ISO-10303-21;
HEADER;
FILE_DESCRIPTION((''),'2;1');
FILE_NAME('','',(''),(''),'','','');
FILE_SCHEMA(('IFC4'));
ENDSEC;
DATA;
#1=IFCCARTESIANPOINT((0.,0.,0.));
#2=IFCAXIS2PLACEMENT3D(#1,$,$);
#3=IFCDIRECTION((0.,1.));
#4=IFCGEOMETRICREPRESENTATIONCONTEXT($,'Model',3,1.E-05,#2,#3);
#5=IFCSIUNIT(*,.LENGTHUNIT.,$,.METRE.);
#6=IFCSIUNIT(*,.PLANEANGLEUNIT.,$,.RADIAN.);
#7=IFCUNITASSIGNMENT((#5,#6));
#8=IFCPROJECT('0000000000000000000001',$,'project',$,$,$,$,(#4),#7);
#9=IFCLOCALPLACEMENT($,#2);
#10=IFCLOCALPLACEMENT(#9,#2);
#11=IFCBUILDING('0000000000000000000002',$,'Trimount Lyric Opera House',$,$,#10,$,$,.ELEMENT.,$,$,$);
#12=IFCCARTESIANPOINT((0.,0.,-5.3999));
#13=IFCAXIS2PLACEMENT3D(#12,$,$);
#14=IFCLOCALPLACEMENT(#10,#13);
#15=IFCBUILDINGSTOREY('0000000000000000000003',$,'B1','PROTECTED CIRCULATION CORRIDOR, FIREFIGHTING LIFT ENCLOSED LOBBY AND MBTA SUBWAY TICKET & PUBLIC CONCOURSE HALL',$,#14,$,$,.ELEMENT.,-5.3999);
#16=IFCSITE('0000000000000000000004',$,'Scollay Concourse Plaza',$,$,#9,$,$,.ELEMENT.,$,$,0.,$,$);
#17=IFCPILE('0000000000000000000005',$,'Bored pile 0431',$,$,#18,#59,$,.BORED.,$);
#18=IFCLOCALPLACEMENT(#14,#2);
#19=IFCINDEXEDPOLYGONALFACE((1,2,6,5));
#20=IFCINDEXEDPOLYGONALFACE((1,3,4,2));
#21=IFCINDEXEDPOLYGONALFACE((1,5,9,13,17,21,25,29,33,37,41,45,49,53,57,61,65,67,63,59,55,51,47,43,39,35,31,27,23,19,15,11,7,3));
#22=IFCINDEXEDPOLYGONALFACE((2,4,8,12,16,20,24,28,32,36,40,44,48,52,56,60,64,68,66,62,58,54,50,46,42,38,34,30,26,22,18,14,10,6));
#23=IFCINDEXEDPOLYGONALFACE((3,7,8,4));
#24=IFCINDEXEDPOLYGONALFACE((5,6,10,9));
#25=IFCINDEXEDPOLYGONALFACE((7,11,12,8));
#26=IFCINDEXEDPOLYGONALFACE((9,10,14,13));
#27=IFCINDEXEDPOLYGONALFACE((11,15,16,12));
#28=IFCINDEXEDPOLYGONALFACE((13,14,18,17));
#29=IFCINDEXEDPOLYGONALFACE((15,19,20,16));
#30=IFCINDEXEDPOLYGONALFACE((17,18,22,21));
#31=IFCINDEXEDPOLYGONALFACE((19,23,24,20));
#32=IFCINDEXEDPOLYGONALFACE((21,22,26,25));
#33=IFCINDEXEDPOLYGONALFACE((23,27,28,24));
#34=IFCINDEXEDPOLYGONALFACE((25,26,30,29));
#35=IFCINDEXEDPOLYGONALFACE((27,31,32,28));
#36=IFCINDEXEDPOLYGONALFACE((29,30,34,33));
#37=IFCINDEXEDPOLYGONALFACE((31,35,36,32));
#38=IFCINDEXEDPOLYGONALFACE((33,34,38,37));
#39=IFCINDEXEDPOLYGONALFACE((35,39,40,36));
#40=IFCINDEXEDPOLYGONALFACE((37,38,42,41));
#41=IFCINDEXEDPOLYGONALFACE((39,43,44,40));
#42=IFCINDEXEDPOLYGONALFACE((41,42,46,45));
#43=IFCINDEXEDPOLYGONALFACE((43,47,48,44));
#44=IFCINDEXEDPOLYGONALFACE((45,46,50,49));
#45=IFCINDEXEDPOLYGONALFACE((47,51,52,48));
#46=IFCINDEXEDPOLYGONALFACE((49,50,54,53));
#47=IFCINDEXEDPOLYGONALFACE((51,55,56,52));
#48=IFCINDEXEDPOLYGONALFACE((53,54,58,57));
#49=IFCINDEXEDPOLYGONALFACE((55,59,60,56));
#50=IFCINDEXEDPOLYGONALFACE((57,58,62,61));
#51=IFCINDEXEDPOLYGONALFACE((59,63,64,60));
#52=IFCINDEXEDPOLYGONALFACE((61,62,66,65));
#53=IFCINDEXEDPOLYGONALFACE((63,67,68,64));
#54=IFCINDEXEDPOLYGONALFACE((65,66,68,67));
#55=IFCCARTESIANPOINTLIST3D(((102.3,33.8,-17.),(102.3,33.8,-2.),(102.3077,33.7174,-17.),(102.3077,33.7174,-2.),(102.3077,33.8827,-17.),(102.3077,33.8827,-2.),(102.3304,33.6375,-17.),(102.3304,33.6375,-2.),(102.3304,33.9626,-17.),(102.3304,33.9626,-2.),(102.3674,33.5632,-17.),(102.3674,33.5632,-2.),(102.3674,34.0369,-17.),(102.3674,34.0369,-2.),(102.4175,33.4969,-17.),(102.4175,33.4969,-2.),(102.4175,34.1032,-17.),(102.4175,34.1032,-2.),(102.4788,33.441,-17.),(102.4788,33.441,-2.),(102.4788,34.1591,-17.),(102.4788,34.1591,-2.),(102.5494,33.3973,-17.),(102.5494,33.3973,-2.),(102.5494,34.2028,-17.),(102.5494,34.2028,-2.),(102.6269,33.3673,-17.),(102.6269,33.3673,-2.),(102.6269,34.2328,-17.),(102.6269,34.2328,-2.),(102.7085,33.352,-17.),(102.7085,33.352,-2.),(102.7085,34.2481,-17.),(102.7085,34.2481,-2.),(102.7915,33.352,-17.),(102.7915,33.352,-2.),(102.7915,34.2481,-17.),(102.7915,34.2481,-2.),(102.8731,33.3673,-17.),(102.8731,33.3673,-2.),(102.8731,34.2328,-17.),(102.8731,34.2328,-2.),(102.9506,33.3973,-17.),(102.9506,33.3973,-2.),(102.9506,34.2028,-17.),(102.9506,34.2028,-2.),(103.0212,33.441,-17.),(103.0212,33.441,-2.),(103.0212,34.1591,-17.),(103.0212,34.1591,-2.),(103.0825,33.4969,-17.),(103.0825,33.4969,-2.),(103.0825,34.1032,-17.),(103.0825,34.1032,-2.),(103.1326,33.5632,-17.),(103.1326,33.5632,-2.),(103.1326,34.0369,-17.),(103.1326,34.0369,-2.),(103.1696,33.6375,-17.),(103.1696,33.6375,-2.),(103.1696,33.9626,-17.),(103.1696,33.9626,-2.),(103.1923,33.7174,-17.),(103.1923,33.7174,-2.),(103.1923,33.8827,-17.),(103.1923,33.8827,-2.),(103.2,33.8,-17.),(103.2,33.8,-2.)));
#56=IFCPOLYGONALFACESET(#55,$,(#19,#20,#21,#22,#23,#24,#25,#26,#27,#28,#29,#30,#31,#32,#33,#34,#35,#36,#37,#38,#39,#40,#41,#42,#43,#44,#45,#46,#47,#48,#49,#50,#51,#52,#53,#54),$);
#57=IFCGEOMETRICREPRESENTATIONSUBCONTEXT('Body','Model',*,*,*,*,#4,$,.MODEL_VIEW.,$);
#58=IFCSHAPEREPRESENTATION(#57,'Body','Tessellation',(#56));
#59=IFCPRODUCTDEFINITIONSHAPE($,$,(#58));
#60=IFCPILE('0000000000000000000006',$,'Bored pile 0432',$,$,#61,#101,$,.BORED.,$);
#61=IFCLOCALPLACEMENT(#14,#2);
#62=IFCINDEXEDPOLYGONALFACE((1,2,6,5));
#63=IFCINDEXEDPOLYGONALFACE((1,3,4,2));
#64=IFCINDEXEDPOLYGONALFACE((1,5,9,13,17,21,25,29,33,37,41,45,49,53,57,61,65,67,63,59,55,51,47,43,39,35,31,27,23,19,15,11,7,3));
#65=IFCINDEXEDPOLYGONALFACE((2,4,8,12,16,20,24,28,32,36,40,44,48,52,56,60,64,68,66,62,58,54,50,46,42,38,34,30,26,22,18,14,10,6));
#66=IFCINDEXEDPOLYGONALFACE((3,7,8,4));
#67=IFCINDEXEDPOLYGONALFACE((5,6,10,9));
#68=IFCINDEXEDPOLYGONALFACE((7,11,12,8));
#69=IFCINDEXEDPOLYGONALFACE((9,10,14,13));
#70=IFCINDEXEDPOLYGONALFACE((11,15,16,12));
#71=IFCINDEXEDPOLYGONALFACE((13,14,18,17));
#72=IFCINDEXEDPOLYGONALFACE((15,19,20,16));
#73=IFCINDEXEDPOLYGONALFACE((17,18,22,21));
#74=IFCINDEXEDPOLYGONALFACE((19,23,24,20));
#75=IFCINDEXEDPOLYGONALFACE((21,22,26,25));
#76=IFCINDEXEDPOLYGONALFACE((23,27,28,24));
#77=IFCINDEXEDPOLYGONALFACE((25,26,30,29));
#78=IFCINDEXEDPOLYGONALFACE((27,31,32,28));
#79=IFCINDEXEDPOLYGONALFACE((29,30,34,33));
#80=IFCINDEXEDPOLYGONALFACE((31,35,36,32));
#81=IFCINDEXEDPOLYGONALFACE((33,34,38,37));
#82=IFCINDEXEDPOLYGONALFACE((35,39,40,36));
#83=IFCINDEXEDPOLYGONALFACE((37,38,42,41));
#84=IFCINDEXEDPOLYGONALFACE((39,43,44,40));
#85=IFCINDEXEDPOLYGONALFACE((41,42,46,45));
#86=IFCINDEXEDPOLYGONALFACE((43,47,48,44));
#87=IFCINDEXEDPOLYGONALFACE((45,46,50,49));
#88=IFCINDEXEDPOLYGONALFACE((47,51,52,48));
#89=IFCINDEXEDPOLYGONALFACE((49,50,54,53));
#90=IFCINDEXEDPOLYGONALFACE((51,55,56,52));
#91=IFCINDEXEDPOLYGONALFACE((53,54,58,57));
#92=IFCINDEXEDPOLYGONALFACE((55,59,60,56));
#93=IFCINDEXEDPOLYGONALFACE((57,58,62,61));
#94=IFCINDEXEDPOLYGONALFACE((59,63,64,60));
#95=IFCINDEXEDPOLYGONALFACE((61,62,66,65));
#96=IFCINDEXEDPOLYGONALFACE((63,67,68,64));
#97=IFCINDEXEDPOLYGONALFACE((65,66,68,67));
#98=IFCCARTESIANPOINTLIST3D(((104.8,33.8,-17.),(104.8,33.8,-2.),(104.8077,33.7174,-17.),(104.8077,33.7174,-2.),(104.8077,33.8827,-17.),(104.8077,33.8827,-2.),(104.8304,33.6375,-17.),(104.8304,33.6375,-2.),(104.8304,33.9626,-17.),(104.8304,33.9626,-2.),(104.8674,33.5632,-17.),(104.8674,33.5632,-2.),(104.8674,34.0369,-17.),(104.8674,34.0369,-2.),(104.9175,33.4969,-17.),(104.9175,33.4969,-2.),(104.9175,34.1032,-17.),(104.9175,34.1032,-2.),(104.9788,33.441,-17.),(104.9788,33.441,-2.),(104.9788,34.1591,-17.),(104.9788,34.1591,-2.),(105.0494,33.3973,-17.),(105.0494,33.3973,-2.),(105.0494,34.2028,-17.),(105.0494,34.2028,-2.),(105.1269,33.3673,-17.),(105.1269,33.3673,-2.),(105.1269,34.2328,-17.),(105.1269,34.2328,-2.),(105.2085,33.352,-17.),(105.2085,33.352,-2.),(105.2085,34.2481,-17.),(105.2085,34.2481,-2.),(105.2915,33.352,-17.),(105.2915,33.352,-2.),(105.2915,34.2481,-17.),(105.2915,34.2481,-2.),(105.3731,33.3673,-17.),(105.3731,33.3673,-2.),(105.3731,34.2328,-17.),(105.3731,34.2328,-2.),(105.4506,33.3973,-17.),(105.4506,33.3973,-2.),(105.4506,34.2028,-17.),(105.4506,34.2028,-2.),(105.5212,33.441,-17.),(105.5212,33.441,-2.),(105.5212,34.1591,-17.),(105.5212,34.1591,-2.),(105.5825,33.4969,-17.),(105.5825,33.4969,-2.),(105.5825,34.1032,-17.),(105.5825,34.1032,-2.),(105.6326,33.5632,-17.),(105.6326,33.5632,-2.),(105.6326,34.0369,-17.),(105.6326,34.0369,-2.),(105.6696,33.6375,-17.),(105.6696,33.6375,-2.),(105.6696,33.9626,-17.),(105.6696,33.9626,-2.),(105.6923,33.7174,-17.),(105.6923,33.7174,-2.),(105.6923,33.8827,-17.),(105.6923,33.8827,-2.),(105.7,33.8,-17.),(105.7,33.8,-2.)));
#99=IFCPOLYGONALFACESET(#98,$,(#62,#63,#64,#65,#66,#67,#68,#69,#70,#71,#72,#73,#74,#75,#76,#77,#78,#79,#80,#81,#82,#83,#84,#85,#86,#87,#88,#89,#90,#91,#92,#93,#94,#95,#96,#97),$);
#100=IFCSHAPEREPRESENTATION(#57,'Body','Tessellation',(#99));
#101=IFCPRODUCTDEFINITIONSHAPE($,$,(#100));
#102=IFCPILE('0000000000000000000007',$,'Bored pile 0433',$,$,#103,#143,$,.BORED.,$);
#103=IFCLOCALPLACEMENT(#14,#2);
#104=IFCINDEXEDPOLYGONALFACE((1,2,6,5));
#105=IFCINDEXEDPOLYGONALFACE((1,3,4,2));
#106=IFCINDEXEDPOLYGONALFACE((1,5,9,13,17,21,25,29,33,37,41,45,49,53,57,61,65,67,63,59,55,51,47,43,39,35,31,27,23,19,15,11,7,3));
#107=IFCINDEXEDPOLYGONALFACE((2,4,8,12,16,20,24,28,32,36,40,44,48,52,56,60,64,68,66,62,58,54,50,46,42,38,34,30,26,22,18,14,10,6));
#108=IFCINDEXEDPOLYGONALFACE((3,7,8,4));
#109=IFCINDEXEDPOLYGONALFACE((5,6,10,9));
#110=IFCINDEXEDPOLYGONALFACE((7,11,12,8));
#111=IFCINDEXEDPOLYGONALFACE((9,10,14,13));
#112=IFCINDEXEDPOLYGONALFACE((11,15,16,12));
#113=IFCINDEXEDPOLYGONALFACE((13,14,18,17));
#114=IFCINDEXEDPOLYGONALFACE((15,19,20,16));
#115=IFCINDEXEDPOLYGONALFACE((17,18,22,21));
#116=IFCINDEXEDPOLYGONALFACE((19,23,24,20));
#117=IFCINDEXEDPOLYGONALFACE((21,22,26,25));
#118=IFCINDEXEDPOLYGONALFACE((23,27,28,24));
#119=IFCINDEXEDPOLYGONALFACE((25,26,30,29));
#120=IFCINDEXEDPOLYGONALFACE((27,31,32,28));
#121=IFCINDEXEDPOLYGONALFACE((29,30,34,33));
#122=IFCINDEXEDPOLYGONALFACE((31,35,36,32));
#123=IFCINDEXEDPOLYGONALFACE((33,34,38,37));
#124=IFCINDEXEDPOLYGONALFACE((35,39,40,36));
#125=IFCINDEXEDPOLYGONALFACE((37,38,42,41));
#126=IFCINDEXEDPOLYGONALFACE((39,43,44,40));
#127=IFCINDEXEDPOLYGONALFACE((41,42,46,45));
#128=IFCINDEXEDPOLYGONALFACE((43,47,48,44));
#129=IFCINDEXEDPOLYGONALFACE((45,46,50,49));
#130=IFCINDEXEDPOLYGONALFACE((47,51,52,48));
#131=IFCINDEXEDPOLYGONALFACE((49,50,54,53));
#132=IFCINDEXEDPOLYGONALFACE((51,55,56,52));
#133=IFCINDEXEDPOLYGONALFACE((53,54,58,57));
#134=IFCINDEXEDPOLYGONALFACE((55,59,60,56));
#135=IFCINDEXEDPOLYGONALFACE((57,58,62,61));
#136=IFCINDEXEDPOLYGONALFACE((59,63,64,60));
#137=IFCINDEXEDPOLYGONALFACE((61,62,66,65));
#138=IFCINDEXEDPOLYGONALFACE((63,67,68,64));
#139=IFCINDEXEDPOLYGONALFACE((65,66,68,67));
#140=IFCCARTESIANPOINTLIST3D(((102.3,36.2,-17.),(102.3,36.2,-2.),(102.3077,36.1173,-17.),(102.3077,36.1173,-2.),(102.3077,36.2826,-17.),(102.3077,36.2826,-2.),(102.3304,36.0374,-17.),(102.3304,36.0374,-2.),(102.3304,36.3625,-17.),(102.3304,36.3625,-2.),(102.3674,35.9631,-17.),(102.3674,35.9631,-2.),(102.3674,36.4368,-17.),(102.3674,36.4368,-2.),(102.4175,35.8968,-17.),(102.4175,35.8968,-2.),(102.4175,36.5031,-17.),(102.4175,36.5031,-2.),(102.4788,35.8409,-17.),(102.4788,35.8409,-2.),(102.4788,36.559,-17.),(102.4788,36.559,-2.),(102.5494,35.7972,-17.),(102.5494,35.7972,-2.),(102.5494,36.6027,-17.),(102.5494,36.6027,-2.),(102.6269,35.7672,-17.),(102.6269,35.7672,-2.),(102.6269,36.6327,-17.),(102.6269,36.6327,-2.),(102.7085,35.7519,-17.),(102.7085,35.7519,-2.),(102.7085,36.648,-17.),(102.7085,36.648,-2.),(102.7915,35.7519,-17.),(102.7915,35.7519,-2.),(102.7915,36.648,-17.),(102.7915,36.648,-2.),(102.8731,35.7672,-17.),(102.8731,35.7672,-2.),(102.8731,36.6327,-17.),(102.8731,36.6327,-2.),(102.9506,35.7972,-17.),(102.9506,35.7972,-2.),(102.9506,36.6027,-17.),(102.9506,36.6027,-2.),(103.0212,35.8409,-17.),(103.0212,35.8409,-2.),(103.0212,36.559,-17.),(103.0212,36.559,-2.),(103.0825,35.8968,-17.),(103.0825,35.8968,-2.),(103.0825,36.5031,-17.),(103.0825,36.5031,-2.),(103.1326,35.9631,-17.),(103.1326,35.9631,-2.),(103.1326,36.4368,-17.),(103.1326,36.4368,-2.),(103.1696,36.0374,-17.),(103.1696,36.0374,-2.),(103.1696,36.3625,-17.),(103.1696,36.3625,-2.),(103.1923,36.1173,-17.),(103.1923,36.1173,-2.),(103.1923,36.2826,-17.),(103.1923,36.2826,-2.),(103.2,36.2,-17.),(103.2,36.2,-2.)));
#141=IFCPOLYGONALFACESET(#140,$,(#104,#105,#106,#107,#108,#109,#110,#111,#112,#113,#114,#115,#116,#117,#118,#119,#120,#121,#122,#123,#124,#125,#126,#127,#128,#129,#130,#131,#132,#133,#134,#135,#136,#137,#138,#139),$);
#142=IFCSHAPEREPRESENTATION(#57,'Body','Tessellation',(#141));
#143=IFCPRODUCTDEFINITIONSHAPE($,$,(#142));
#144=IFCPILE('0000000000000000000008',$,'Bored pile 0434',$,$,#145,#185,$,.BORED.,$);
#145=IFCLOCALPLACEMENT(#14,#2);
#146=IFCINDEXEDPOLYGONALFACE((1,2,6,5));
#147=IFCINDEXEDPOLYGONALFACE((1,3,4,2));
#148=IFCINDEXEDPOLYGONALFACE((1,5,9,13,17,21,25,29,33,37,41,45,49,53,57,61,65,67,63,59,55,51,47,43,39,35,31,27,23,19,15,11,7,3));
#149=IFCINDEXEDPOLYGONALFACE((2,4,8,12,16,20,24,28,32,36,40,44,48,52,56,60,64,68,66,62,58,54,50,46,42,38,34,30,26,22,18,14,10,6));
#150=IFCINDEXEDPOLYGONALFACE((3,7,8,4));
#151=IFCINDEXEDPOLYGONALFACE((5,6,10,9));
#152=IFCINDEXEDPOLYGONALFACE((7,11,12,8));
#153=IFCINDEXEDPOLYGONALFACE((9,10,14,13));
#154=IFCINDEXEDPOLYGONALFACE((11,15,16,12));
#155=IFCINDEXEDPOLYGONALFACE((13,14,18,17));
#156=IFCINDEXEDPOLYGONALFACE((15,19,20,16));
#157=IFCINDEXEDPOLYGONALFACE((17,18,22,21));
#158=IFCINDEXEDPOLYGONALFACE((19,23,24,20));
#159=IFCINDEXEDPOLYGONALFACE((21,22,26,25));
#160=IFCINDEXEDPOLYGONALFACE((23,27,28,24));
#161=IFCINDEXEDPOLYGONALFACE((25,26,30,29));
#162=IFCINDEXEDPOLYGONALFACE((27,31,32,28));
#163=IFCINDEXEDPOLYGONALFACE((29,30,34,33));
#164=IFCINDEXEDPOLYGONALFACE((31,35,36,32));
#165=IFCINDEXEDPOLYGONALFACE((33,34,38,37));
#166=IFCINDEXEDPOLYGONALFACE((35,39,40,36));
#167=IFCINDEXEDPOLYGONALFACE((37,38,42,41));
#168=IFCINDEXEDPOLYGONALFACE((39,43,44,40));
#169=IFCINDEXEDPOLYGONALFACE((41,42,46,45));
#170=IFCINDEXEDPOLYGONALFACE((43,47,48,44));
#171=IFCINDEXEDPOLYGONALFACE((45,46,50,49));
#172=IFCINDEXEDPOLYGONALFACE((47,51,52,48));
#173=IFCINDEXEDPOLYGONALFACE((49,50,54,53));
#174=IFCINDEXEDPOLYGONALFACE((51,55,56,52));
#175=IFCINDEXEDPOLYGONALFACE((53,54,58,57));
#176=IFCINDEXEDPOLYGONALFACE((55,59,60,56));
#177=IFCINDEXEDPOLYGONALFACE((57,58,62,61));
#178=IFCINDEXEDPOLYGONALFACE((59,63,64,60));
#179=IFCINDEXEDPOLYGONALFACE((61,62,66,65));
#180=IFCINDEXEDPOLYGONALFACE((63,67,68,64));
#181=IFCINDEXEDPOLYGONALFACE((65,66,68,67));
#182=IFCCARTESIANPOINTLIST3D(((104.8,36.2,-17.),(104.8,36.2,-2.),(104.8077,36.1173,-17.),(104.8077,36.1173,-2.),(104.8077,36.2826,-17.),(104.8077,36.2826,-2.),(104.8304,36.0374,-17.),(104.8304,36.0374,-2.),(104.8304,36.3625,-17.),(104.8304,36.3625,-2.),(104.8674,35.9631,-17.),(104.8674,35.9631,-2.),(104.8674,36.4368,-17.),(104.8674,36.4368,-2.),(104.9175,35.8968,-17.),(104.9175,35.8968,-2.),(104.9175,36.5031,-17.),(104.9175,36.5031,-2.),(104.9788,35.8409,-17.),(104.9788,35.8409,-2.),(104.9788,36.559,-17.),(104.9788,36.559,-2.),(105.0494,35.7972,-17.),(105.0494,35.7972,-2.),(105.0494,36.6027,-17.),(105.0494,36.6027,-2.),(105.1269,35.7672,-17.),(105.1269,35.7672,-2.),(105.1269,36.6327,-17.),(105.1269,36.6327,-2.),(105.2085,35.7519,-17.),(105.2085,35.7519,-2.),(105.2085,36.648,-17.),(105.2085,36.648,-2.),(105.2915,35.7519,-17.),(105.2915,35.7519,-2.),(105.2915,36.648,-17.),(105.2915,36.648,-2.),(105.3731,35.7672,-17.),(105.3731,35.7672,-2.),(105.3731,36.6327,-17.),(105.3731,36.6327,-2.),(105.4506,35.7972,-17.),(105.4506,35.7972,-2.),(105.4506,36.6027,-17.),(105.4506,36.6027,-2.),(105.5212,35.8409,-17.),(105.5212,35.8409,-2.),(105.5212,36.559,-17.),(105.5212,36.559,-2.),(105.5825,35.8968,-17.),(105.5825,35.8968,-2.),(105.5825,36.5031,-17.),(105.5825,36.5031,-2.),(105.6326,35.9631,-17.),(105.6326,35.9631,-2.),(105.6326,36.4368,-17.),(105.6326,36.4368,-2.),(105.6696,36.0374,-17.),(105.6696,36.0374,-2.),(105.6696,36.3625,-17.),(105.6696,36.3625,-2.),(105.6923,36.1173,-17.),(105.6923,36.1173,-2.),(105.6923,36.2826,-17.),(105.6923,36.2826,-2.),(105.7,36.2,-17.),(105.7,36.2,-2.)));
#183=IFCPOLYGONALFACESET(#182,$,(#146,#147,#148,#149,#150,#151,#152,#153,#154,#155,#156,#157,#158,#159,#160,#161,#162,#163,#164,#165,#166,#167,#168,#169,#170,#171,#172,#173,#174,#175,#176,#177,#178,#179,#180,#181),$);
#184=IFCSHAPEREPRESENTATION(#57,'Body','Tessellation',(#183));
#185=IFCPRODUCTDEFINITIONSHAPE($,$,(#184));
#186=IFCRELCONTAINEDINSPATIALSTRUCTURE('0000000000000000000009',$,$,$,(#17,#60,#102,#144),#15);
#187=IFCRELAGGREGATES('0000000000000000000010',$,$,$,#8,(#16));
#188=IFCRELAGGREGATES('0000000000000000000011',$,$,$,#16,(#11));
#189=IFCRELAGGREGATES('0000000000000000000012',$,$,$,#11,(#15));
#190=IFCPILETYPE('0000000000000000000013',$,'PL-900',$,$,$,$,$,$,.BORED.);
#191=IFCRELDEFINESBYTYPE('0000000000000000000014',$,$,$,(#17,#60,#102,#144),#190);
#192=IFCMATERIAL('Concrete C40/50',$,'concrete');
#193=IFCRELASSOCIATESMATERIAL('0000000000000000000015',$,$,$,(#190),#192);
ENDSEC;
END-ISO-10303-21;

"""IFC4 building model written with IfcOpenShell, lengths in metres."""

from ifc_helpers import new_model, si_unit, direction, frame, origin, origin_2d, place, context, subcontext, project, spatial, circle, extrude, material, material_profile, profile_set, type_object, element, save


model = new_model("IFC4")

# Units and contexts
model_context = context("Model", 3, precision=1e-05, world=origin(), true_north=direction((0.0, 1.0)))
body_context = subcontext(model_context, "Body", "Model", "MODEL_VIEW")
ifc_project = project(units=[si_unit("LENGTHUNIT", "METRE"), si_unit("PLANEANGLEUNIT", "RADIAN")], contexts=[model_context])

# Site, building, storey
site_placement = place(None, origin())
site = spatial("IfcSite", under=ifc_project, at=site_placement, Name="Scollay Concourse Plaza", CompositionType="ELEMENT", RefElevation=0.0)
building_placement = place(site_placement, origin())
building = spatial("IfcBuilding", under=site, at=building_placement, Name="Trimount Lyric Opera House", CompositionType="ELEMENT")
storey_placement = place(building_placement, frame((0.0, 0.0, -5.3999)))
storey = spatial("IfcBuildingStorey", under=building, at=storey_placement, Name="B1", Description="PROTECTED CIRCULATION CORRIDOR, FIREFIGHTING LIFT ENCLOSED LOBBY AND MBTA SUBWAY TICKET & PUBLIC CONCOURSE HALL", CompositionType="ELEMENT", Elevation=-5.3999)

# Piles
ifc_material_1 = material(Name="Concrete C40/50", Category="concrete")
ifc_material_profile_1 = material_profile(ifc_material_1, circle(Radius=0.45, at=origin_2d()), Name="PILE-D900")
ifc_profile_set_1 = profile_set([ifc_material_profile_1], Name="Concrete C40/50")
pile_type_1 = type_object("IfcPileType", Name="PL-900", PredefinedType="BORED", material=ifc_profile_set_1)
for number, where, z_axis, x_axis, name in (
    (1, (102.75, 33.8, -2.0), (0.0, 0.0, -1.0), (1.0, 0.0, 0.0), "Bored pile 0431"),
    (2, (105.25, 33.8, -2.0), (0.0, 0.0, -1.0), (1.0, 0.0, 0.0), "Bored pile 0432"),
    (3, (102.75, 36.2, -2.0), (0.0, 0.0, -1.0), (1.0, 0.0, 0.0), "Bored pile 0433"),
    (4, (105.25, 36.2, -2.0), (0.0, 0.0, -1.0), (1.0, 0.0, 0.0), "Bored pile 0434"),
):
    element("IfcPile", number, at=place(storey_placement, frame(where, z_axis=z_axis, x_axis=x_axis)), inside=storey, type_object=pile_type_1, Name=name, PredefinedType="BORED", context=body_context, shape_type="SweptSolid", body=[
        extrude(circle(Radius=0.45, at=origin_2d()), origin(), (0.0, 0.0, 1.0), 15.0),
    ])

save(model, "model.ifc")
